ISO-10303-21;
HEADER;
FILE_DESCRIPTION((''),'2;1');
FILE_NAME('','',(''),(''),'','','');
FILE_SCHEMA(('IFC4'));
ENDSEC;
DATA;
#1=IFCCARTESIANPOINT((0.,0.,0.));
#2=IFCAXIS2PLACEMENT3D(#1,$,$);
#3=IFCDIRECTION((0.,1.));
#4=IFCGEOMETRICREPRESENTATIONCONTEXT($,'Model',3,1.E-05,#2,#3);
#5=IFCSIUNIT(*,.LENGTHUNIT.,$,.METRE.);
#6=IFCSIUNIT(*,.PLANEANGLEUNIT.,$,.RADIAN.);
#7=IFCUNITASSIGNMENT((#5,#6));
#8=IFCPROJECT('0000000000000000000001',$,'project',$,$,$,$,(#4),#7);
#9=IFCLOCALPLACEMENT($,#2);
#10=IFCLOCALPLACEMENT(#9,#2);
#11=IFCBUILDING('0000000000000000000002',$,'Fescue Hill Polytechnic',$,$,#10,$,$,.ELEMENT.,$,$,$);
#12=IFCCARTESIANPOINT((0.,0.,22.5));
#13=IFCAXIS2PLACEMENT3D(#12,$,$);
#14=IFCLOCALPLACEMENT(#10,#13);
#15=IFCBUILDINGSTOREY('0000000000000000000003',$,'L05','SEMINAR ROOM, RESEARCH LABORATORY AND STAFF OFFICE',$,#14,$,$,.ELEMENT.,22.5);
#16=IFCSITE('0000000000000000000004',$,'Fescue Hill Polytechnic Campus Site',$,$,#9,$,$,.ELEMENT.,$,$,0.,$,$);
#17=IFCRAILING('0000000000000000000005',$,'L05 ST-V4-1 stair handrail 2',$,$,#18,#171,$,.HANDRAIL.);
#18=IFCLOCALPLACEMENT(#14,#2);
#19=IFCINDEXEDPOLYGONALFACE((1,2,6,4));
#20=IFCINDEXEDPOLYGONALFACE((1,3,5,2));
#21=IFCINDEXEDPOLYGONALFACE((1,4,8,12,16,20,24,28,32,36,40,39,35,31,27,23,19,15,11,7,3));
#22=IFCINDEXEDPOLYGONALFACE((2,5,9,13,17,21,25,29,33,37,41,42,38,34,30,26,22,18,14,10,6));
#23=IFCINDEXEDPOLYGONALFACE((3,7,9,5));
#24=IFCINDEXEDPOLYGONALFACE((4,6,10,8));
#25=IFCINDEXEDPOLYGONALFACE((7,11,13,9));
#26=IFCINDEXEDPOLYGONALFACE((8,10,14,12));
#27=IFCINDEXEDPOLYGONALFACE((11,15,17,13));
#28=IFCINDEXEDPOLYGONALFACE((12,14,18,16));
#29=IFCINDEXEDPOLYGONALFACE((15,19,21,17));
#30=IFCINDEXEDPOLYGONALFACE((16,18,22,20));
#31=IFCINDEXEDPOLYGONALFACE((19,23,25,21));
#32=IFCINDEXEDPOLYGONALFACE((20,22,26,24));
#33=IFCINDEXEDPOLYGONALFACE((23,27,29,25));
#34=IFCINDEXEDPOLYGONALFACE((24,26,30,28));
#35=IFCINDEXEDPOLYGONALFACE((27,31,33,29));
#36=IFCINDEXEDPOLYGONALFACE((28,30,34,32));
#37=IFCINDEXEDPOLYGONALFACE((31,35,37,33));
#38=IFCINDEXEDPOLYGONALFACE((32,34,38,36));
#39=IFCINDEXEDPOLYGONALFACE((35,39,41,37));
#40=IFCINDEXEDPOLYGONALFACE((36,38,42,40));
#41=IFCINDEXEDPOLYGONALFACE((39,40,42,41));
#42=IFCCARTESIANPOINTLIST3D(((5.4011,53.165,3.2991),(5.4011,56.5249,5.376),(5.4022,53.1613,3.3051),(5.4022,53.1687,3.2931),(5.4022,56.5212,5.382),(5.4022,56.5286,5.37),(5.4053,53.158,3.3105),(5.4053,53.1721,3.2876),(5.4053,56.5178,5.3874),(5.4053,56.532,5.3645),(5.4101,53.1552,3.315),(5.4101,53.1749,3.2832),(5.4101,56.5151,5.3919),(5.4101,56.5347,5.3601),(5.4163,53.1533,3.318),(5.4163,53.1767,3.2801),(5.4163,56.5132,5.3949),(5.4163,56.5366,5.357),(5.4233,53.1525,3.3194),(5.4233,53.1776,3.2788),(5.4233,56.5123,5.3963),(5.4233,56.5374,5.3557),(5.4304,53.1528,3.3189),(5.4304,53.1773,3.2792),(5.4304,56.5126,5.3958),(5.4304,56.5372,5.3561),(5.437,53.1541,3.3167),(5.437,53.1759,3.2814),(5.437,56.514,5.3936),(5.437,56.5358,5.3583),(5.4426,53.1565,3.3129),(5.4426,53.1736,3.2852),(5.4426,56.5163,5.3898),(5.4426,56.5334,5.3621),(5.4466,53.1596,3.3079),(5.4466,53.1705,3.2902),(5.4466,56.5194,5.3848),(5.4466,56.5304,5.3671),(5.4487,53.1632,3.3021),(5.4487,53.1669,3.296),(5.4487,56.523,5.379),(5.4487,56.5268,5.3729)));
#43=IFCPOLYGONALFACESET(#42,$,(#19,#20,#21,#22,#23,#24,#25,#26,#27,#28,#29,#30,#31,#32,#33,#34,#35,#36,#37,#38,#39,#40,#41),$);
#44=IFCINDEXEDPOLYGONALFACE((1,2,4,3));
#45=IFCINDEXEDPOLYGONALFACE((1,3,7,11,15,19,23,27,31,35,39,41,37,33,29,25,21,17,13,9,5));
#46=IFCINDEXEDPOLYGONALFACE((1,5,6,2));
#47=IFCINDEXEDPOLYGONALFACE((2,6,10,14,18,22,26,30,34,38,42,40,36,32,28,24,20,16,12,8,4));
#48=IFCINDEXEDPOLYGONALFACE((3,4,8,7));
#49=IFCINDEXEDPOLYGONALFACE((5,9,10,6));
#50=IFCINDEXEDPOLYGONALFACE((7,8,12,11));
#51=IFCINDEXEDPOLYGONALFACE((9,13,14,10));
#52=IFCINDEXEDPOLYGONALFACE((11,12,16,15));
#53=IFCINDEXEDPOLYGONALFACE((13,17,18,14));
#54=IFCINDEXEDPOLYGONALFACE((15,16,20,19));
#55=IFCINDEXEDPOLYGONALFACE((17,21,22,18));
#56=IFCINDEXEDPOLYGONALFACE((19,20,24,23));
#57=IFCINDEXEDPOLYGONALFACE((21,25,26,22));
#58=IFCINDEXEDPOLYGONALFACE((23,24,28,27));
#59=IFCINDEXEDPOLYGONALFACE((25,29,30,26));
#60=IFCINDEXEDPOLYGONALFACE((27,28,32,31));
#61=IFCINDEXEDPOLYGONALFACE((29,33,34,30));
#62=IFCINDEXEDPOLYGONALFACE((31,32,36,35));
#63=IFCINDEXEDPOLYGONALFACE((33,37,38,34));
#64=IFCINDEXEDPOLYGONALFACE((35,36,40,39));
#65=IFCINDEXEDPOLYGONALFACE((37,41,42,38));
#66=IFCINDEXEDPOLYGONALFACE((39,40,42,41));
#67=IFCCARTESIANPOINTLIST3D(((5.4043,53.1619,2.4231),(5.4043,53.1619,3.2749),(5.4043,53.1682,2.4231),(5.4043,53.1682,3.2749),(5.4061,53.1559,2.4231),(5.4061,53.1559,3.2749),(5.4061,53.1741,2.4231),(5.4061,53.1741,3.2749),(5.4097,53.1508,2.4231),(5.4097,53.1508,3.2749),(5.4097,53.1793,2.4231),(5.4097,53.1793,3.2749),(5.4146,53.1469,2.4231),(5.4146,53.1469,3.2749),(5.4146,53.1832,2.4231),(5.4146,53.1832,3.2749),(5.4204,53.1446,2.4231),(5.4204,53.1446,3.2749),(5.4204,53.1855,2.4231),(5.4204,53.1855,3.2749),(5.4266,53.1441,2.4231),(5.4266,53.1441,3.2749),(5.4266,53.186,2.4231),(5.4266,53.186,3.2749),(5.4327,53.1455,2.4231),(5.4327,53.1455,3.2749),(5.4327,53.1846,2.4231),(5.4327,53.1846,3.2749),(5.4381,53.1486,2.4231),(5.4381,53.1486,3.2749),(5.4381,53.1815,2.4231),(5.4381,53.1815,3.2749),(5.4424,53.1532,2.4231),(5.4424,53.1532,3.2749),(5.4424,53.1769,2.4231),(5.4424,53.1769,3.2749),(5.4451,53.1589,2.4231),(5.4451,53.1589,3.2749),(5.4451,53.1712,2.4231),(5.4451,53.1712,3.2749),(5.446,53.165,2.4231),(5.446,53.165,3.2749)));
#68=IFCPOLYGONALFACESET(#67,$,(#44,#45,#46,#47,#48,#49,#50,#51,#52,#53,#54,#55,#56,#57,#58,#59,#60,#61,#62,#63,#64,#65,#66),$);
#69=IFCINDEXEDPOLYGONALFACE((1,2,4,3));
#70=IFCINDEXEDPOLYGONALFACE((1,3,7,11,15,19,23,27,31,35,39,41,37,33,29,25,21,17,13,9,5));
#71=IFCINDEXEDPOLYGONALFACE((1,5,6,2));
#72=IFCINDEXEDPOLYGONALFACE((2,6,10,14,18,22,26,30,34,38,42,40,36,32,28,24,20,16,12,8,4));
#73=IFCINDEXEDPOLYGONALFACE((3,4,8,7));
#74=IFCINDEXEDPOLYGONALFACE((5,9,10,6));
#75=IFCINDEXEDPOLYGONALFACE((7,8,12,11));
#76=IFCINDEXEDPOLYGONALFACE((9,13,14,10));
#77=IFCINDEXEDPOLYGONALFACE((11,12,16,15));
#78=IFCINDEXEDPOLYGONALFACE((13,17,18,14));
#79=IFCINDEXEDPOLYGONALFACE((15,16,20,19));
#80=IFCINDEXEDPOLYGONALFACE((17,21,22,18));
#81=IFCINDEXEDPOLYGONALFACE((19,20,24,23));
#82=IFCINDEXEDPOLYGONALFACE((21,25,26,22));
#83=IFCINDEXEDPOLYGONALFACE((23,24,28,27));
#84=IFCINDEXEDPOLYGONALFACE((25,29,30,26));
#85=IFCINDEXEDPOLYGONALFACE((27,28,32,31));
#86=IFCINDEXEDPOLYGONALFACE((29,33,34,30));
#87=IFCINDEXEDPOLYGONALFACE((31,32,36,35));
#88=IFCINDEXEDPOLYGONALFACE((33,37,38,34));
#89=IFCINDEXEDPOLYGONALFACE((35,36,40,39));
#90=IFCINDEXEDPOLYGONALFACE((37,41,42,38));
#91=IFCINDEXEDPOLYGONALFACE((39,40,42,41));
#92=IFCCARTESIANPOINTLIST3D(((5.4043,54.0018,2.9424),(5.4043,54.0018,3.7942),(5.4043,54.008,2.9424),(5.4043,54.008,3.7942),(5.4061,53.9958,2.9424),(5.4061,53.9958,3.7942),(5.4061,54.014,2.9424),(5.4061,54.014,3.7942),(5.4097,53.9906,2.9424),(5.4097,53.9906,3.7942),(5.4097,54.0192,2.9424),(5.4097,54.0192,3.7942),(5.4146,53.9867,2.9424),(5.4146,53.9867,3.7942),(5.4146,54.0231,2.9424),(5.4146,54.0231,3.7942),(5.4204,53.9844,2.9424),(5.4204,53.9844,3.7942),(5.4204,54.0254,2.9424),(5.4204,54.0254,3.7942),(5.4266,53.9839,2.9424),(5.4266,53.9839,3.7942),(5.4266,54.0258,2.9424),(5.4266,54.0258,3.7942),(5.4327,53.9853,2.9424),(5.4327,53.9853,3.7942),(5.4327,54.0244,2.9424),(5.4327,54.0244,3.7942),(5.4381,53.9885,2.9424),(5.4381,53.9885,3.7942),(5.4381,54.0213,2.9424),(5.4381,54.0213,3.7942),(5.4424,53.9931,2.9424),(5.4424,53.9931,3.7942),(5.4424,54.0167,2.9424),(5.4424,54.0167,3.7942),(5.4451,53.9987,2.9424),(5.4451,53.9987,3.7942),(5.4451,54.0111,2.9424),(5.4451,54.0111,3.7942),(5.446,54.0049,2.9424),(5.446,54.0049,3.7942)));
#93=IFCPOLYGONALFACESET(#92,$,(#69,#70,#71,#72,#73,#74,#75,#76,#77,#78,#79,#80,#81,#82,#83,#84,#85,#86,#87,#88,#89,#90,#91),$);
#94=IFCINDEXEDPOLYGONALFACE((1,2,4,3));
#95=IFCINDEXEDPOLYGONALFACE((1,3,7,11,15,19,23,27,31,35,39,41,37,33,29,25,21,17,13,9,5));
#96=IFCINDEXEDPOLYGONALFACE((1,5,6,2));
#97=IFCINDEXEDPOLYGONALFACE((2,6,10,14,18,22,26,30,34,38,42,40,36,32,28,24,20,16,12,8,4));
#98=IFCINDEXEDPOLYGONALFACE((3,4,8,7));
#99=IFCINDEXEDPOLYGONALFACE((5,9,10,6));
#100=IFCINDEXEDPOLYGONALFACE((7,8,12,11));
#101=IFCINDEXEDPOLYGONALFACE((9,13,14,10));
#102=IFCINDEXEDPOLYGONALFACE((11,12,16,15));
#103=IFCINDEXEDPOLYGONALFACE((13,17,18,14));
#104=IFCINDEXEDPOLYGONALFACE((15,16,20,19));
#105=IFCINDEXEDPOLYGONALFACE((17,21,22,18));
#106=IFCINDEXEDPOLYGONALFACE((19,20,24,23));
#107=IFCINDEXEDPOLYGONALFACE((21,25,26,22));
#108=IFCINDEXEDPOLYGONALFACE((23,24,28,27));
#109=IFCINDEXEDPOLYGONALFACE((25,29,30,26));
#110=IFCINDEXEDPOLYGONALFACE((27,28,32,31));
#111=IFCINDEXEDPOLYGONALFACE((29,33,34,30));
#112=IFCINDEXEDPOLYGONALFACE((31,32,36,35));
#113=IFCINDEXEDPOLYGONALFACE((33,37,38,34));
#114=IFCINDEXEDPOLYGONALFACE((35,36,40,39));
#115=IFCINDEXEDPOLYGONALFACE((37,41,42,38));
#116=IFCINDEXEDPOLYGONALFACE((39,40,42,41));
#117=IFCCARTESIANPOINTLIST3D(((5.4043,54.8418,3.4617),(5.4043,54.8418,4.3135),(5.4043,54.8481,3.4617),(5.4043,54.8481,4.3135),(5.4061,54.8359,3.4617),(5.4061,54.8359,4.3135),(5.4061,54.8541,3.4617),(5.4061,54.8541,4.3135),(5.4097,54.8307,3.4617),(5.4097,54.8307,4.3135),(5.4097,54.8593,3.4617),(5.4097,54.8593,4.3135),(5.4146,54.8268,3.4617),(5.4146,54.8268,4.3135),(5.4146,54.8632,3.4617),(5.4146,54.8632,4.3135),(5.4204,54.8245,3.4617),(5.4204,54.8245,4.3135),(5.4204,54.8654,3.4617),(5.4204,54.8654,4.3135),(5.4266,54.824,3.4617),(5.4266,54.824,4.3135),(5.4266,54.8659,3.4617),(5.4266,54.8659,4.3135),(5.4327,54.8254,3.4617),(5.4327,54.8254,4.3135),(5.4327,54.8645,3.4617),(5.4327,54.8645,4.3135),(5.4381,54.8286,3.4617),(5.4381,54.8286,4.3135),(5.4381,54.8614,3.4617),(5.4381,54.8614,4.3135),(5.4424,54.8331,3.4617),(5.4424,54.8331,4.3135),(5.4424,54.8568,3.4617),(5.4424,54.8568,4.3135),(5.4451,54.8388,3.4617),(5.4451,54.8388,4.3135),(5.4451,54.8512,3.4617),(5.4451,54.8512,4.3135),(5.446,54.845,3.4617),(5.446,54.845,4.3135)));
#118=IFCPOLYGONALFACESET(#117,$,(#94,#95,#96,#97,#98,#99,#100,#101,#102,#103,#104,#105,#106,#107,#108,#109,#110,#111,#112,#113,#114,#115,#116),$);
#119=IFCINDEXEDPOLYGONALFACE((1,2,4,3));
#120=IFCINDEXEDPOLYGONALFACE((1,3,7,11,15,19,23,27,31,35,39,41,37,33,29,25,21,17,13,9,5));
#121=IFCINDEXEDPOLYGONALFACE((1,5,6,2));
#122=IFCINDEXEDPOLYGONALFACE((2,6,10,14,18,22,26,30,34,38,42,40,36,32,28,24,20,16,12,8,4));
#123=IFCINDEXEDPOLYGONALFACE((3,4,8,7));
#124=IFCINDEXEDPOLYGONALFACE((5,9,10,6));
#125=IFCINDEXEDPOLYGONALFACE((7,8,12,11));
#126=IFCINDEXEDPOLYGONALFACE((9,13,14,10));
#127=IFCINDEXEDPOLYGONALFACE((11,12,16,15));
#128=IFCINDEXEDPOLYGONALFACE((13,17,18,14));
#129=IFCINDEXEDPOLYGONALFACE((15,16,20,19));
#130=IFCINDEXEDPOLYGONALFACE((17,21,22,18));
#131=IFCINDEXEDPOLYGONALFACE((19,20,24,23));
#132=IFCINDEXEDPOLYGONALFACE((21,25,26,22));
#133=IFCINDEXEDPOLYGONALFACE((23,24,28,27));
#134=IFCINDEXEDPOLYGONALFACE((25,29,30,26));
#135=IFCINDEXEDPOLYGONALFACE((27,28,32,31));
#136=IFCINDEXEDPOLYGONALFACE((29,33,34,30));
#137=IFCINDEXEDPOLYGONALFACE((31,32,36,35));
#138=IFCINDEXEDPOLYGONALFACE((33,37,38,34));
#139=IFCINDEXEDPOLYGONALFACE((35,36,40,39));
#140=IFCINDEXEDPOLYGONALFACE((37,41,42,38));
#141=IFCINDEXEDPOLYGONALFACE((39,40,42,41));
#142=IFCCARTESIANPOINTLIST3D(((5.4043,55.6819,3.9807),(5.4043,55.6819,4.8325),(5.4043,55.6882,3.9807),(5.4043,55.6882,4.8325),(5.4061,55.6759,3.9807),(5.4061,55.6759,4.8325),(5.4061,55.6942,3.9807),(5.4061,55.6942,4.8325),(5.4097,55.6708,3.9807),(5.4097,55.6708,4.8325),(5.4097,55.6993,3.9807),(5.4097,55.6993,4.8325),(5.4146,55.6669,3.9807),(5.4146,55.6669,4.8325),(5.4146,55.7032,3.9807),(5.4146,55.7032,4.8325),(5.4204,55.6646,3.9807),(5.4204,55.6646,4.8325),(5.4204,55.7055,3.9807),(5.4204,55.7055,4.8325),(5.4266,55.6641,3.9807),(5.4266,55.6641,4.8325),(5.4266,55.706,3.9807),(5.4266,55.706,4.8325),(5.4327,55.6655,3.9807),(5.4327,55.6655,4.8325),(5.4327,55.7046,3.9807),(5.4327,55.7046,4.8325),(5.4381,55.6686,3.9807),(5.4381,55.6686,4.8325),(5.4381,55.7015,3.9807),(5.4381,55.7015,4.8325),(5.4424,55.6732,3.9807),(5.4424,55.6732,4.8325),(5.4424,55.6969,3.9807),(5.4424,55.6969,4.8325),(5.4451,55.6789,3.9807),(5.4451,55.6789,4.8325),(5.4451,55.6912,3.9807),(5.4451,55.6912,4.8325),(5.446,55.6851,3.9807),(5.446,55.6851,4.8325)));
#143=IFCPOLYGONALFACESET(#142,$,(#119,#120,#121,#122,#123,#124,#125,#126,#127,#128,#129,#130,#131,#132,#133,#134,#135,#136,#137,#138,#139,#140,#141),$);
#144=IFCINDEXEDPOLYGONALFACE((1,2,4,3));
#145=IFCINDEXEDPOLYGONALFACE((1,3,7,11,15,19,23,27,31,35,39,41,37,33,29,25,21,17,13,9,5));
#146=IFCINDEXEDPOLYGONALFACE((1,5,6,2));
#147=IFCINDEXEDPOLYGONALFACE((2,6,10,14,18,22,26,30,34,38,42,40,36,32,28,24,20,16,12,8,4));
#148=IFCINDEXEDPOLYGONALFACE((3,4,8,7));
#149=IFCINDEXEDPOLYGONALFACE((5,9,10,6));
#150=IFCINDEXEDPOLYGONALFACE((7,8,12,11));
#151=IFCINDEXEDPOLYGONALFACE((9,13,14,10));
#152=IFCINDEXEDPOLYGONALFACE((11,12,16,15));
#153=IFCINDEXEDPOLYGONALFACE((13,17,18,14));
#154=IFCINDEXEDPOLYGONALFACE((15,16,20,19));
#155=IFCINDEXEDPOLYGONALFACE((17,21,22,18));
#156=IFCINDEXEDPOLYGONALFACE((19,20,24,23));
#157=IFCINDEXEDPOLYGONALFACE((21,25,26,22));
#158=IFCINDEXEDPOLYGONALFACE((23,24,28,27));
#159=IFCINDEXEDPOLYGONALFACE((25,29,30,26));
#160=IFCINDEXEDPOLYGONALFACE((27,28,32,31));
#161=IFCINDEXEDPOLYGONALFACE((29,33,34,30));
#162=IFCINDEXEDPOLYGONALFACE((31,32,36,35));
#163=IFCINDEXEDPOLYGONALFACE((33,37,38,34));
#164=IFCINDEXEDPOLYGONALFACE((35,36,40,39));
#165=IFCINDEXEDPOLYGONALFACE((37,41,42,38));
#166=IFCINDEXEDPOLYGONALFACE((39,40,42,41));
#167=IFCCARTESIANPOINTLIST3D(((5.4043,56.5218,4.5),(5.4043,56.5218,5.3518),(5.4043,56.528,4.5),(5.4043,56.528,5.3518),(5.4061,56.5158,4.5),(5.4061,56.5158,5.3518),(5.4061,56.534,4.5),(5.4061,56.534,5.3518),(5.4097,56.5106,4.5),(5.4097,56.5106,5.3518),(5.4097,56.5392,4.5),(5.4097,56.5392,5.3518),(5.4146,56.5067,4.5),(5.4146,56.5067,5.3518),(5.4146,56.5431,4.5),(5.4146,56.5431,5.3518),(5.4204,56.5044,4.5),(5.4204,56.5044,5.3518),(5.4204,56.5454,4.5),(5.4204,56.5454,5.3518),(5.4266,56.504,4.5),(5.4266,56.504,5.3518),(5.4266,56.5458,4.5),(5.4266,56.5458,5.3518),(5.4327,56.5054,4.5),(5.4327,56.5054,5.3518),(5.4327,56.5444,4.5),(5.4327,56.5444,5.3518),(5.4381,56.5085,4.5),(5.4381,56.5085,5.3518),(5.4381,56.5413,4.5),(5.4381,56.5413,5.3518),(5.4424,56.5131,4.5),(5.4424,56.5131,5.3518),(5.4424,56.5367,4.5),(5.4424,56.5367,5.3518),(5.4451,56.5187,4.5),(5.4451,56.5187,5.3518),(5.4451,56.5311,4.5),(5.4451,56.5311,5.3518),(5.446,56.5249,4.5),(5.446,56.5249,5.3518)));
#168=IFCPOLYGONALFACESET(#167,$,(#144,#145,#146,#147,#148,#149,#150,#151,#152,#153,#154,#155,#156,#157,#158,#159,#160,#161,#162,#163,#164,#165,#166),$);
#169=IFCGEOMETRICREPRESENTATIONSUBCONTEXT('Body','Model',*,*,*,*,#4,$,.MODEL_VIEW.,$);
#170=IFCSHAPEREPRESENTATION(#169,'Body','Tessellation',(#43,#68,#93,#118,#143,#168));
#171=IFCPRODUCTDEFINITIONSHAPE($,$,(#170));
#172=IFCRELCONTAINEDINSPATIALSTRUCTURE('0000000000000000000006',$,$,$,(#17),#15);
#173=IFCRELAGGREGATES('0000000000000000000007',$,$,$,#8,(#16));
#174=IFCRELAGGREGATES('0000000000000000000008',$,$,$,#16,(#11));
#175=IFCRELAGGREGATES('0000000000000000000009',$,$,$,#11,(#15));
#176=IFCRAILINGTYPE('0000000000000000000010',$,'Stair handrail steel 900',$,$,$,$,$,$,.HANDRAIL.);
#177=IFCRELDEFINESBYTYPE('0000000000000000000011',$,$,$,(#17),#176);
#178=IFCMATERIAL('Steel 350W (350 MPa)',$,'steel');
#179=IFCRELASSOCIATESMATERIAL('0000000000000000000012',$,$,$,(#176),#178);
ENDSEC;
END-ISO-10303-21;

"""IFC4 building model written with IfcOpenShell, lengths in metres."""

from ifc_helpers import new_model, si_unit, direction, frame, origin, origin_2d, place, context, subcontext, project, spatial, circle, extrude, material, type_object, element, save


model = new_model("IFC4")

# Units and contexts
model_context = context("Model", 3, precision=1e-05, world=origin(), true_north=direction((0.0, 1.0)))
body_context = subcontext(model_context, "Body", "Model", "MODEL_VIEW")
ifc_project = project(units=[si_unit("LENGTHUNIT", "METRE"), si_unit("PLANEANGLEUNIT", "RADIAN")], contexts=[model_context])

# Site, building, storey
site_placement = place(None, origin())
site = spatial("IfcSite", under=ifc_project, at=site_placement, Name="Fescue Hill Polytechnic Campus Site", CompositionType="ELEMENT", RefElevation=0.0)
building_placement = place(site_placement, origin())
building = spatial("IfcBuilding", under=site, at=building_placement, Name="Fescue Hill Polytechnic", CompositionType="ELEMENT")
storey_placement = place(building_placement, frame((0.0, 0.0, 22.5)))
storey = spatial("IfcBuildingStorey", under=building, at=storey_placement, Name="L05", Description="SEMINAR ROOM, RESEARCH LABORATORY AND STAFF OFFICE", CompositionType="ELEMENT", Elevation=22.5)

# Railing
ifc_material_1 = material(Name="Steel 350W (350 MPa)", Category="steel")
railing_type_1 = type_object("IfcRailingType", Name="Stair handrail steel 900", PredefinedType="HANDRAIL", material=ifc_material_1)
railing_1_placement = place(storey_placement, frame((5.425, 53.165, 2.4231)))
element("IfcRailing", 1, at=railing_1_placement, inside=storey, type_object=railing_type_1, Name="L05 ST-V4-1 stair handrail 2", PredefinedType="HANDRAIL", context=body_context, shape_type="SweptSolid", body=[
    extrude(circle(Radius=0.0239, at=origin_2d()), frame((0.0, 0.0, 0.876), z_axis=(0.0, 0.850606, 0.525803), x_axis=(-1.0, 0.0, 0.0)), (0.0, 0.0, 1.0), 3.95),
    extrude(circle(Radius=0.021, at=origin_2d()), origin(), (0.0, 0.0, 1.0), 0.8518),
    extrude(circle(Radius=0.021, at=origin_2d()), frame((0.0, 0.8398, 0.5193)), (0.0, 0.0, 1.0), 0.8518),
    extrude(circle(Radius=0.021, at=origin_2d()), frame((0.0, 1.6799, 1.0386)), (0.0, 0.0, 1.0), 0.8518),
    extrude(circle(Radius=0.021, at=origin_2d()), frame((0.0, 2.52, 1.5576)), (0.0, 0.0, 1.0), 0.8518),
    extrude(circle(Radius=0.021, at=origin_2d()), frame((0.0, 3.3599, 2.0769)), (0.0, 0.0, 1.0), 0.8518),
])

save(model, "model.ifc")
